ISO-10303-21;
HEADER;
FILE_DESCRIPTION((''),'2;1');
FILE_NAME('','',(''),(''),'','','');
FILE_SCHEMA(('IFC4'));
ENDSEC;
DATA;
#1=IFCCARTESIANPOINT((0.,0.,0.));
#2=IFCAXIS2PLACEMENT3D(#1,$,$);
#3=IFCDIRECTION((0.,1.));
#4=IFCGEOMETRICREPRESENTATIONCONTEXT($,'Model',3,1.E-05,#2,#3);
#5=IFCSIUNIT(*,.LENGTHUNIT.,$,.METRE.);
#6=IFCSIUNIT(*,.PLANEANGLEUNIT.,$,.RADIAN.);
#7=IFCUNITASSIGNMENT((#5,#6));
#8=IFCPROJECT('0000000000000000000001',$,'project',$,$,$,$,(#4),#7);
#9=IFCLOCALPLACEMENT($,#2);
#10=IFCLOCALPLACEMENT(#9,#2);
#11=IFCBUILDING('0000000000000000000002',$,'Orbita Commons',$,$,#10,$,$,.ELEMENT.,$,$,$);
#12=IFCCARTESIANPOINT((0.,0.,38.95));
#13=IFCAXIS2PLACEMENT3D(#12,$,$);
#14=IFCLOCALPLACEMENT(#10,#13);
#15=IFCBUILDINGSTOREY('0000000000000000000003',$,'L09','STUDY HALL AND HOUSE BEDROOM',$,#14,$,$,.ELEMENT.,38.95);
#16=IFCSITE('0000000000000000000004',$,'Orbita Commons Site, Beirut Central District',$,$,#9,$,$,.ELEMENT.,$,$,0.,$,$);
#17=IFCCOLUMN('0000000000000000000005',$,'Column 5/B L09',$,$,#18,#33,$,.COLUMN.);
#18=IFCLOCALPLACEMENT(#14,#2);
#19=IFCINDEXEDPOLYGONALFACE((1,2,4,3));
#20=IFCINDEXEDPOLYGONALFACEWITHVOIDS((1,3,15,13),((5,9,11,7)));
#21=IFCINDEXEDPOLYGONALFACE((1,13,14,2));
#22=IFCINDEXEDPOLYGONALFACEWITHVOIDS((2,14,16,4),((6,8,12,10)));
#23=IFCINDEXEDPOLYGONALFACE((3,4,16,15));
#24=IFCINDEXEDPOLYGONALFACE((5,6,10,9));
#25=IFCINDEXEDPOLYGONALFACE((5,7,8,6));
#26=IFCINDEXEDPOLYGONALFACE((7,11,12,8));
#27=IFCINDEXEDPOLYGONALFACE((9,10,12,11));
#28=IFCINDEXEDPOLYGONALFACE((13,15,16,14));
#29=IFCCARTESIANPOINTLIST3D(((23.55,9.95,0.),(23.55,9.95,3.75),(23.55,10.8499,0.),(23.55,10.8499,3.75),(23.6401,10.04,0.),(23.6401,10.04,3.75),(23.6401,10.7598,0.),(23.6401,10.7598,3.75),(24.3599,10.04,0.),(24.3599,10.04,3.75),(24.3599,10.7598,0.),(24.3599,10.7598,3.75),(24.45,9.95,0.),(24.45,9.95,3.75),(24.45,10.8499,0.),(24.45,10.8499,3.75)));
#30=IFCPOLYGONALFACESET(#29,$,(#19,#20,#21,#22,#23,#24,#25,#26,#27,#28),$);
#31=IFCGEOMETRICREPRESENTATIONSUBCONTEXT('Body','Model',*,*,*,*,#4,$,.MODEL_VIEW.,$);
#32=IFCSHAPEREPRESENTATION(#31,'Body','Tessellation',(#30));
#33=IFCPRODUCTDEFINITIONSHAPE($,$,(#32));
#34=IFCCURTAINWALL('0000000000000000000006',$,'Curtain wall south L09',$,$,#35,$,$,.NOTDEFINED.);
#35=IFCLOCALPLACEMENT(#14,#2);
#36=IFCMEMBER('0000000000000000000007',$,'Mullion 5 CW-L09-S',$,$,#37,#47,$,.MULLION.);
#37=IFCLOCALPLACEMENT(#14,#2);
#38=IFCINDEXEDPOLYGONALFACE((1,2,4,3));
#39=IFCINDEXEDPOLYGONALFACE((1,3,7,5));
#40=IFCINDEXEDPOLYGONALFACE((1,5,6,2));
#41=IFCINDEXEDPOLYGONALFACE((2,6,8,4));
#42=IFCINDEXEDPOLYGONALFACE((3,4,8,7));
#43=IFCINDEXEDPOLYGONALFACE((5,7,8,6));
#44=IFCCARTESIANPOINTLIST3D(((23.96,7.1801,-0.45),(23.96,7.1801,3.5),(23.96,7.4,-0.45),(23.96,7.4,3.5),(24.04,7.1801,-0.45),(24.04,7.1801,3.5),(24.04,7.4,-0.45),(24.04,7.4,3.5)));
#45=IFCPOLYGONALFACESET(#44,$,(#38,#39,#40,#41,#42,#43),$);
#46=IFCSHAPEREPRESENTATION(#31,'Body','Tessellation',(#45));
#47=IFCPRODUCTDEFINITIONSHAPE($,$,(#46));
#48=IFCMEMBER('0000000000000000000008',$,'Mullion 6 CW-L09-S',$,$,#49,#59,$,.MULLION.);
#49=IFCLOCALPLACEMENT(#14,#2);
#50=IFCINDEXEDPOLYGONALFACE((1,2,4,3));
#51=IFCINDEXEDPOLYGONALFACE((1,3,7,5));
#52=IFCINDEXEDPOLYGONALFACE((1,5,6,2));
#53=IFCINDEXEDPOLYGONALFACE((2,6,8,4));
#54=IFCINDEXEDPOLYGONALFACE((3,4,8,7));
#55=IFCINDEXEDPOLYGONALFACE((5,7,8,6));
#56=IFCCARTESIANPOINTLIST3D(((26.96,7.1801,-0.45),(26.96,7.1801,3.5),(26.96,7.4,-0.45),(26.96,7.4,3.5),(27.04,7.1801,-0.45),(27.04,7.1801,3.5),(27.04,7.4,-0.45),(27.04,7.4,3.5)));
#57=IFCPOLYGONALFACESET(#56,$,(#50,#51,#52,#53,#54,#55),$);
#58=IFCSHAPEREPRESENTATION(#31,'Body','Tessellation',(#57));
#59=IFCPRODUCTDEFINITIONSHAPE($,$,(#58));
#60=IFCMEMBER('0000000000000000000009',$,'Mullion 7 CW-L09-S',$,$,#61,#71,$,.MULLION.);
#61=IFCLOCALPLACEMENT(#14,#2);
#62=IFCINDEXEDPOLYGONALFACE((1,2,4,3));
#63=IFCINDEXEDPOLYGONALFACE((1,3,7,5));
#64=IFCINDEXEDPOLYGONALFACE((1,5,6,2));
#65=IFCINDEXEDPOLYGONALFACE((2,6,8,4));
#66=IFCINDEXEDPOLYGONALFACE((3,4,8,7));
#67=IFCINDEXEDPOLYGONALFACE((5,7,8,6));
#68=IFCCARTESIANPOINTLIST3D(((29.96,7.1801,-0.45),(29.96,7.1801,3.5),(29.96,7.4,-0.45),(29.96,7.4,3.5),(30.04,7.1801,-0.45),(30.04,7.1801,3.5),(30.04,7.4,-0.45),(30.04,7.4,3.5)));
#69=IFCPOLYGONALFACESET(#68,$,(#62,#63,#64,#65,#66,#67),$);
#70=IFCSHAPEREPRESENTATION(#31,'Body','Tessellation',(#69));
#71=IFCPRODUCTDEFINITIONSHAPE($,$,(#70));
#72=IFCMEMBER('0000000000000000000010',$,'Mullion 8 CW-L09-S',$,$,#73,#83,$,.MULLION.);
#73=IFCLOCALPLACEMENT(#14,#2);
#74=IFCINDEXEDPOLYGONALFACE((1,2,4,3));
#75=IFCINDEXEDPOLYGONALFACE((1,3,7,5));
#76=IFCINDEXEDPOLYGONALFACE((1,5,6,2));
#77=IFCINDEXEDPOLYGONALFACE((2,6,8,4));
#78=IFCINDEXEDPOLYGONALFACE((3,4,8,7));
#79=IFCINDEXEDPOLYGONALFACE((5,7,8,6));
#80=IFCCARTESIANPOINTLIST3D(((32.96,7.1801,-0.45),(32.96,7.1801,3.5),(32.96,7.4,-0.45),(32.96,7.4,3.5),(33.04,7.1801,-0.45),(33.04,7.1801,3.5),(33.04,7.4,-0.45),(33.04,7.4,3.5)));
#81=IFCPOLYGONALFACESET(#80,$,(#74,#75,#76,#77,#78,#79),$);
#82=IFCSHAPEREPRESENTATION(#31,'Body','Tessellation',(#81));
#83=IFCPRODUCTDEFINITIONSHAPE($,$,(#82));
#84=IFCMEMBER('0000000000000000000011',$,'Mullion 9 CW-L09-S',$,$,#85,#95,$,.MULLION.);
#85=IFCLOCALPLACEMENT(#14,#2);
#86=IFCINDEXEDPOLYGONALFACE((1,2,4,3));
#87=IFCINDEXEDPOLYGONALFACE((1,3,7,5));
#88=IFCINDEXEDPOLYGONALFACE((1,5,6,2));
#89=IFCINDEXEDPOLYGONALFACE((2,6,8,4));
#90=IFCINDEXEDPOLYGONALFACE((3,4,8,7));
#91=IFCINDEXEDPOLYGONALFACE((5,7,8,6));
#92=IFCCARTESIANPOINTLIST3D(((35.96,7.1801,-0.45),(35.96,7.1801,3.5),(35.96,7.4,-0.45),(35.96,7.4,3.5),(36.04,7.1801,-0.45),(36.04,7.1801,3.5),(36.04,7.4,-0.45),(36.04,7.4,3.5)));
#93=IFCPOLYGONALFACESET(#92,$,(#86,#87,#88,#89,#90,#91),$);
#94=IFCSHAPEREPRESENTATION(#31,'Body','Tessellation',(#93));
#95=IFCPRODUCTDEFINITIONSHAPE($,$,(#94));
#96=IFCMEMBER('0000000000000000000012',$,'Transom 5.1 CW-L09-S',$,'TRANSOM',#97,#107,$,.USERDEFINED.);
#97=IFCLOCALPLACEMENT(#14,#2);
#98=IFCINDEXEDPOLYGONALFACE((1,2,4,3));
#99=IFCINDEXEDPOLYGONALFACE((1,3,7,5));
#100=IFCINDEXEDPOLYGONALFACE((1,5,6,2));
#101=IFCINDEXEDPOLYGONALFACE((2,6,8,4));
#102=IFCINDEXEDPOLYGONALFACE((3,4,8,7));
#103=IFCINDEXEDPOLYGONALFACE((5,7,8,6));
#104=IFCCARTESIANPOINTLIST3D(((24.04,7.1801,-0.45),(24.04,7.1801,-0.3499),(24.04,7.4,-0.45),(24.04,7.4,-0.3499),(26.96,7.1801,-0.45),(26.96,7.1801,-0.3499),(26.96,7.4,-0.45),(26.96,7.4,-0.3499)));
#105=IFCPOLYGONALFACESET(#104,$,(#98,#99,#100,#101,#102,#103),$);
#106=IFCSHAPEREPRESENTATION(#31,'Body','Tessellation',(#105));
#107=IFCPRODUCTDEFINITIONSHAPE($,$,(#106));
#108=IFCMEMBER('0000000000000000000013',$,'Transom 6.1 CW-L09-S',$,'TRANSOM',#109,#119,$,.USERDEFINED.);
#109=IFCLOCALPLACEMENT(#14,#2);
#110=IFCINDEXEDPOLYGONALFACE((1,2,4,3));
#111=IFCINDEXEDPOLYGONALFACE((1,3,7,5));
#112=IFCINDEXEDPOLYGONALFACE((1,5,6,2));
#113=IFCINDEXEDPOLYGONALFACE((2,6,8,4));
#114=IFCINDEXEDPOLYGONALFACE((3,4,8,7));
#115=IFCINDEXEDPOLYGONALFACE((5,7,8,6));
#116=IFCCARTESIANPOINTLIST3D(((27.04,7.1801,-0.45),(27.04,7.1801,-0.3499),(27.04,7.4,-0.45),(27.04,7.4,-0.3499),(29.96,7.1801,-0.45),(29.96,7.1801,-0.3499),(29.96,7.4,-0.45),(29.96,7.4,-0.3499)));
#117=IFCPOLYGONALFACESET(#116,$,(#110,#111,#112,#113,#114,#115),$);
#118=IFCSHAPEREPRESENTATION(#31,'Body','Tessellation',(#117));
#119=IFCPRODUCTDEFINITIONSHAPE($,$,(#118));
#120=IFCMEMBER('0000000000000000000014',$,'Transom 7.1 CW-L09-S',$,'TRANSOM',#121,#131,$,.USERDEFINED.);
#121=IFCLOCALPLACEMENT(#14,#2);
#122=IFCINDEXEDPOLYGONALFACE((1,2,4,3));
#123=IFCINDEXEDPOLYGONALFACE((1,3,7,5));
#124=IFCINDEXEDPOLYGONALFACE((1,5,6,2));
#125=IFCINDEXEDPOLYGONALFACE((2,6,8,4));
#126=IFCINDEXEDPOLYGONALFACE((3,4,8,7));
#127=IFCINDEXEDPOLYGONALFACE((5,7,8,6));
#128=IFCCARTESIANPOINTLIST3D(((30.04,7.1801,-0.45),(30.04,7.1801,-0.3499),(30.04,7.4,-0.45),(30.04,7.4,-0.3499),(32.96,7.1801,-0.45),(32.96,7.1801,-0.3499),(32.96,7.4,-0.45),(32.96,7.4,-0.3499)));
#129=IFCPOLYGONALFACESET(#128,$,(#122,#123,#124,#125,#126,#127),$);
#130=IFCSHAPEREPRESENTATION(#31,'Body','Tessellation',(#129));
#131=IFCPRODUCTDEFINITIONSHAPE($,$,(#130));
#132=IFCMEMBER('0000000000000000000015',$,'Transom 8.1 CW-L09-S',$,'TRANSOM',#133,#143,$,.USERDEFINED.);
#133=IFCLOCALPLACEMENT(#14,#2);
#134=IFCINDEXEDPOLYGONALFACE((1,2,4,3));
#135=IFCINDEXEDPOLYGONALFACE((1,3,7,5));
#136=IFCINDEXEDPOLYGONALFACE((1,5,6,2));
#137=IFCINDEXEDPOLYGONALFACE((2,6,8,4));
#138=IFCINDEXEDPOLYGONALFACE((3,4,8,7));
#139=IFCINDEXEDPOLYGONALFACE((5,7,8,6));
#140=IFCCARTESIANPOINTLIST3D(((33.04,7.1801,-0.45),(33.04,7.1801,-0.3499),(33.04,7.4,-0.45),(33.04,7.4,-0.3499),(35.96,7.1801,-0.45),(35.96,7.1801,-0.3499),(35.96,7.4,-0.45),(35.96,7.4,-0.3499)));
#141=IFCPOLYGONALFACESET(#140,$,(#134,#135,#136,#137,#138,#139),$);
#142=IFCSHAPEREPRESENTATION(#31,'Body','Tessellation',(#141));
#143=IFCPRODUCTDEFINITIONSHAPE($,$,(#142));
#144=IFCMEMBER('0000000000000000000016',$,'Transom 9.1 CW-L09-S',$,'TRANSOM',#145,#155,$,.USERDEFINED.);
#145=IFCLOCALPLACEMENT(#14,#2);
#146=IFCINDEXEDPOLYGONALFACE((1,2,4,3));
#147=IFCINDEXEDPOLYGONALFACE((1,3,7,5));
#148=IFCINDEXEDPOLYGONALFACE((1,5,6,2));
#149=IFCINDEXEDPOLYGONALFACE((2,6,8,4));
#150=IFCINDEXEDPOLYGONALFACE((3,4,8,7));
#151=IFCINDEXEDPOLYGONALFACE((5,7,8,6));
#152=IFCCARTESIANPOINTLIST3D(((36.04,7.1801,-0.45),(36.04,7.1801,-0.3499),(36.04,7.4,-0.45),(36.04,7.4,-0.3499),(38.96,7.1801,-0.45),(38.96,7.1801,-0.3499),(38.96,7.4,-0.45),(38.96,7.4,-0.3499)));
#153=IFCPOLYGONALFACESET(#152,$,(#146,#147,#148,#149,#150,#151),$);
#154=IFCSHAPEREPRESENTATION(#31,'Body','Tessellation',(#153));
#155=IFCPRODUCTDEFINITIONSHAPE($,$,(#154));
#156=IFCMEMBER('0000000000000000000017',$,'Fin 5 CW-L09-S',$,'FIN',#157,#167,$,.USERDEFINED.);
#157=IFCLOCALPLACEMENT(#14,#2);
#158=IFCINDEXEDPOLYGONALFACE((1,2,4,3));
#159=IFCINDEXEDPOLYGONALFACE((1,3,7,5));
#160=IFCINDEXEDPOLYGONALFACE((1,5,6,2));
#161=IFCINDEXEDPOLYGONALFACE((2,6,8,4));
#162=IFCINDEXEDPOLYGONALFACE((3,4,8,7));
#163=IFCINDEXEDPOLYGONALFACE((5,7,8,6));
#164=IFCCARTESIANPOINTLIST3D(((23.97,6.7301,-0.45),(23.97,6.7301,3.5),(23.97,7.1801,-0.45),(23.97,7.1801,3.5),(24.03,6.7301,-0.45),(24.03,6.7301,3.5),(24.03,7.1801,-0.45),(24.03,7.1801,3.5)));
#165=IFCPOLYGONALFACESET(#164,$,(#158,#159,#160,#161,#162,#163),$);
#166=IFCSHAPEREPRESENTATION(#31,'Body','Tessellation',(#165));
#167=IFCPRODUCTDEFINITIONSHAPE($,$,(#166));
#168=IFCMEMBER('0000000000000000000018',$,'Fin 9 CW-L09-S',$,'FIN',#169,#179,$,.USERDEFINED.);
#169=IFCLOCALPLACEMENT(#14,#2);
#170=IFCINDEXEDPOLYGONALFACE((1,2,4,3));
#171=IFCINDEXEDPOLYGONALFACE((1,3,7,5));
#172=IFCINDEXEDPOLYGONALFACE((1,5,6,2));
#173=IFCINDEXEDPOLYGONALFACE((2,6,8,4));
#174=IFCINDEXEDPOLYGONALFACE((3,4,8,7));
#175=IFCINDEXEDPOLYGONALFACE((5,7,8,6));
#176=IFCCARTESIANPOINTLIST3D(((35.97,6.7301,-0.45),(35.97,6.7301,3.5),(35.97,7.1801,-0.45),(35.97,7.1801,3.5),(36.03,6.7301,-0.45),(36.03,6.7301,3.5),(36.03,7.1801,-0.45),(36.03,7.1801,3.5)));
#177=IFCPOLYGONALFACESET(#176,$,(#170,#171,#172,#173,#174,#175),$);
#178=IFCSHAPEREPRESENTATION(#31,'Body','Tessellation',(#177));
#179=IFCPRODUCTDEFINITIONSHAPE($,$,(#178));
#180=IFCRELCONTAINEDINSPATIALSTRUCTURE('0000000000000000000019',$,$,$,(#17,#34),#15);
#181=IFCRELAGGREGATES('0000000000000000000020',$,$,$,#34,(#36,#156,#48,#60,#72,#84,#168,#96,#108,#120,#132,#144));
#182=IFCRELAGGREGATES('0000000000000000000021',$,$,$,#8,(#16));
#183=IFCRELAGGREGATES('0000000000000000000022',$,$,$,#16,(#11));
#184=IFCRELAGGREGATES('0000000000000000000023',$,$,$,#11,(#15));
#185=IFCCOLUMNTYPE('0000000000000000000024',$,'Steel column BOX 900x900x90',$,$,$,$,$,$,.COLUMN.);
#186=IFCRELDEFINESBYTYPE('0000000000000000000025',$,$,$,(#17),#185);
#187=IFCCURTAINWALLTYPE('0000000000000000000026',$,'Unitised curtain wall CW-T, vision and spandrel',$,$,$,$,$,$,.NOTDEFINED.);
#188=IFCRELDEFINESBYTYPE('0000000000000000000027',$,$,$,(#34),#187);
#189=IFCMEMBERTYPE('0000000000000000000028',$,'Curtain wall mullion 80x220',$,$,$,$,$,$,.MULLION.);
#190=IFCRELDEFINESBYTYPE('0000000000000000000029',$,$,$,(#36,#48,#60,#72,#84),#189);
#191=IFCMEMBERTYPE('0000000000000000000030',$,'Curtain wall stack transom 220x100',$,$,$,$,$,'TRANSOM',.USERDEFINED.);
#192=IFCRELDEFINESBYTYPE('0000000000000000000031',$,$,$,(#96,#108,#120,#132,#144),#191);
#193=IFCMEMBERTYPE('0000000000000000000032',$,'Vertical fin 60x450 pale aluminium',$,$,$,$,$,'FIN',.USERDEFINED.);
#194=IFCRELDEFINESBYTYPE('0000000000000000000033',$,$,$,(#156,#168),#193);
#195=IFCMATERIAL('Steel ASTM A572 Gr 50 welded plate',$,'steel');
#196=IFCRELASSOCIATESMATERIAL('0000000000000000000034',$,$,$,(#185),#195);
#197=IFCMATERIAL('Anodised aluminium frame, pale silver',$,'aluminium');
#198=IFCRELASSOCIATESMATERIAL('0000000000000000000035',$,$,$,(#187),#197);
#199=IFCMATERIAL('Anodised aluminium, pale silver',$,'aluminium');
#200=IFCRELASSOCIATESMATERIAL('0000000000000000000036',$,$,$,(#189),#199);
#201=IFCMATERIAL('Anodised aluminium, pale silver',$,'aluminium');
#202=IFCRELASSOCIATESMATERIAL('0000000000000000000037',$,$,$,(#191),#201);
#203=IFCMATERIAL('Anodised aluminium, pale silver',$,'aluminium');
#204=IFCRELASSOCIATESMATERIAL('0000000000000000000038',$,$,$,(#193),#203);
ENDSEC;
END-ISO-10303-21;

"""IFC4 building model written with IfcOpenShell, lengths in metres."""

from ifc_helpers import new_model, si_unit, direction, frame, origin, origin_2d, place, context, subcontext, project, spatial, rectangle, hollow_rectangle, extrude, material, material_profile, profile_set, type_object, element, aggregate, save


model = new_model("IFC4")

# Units and contexts
model_context = context("Model", 3, precision=1e-05, world=origin(), true_north=direction((0.0, 1.0)))
body_context = subcontext(model_context, "Body", "Model", "MODEL_VIEW")
ifc_project = project(units=[si_unit("LENGTHUNIT", "METRE"), si_unit("PLANEANGLEUNIT", "RADIAN")], contexts=[model_context])

# Site, building, storey
site_placement = place(None, origin())
site = spatial("IfcSite", under=ifc_project, at=site_placement, Name="Orbita Commons Site, Beirut Central District", CompositionType="ELEMENT", RefElevation=0.0)
building_placement = place(site_placement, origin())
building = spatial("IfcBuilding", under=site, at=building_placement, Name="Orbita Commons", CompositionType="ELEMENT")
storey_placement = place(building_placement, frame((0.0, 0.0, 38.95)))
storey = spatial("IfcBuildingStorey", under=building, at=storey_placement, Name="L09", Description="STUDY HALL AND HOUSE BEDROOM", CompositionType="ELEMENT", Elevation=38.95)

# Column
ifc_material_1 = material(Name="Steel ASTM A572 Gr 50 welded plate", Category="steel")
ifc_material_profile_1 = material_profile(ifc_material_1, hollow_rectangle(XDim=0.8999, YDim=0.8999, WallThickness=0.0901, at=origin_2d()), Name="BOX 900x900x90")
ifc_profile_set_1 = profile_set([ifc_material_profile_1], Name="Steel ASTM A572 Gr 50 welded plate")
column_type = type_object("IfcColumnType", Name="Steel column BOX 900x900x90", PredefinedType="COLUMN", material=ifc_profile_set_1)
column_placement = place(storey_placement, frame((24.0, 10.3999, 0.0), z_axis=(0.0, 0.0, 1.0), x_axis=(1.0, 0.0, 0.0)))
element("IfcColumn", 1, at=column_placement, inside=storey, type_object=column_type, Name="Column 5/B L09", PredefinedType="COLUMN", context=body_context, shape_type="SweptSolid", body=[
    extrude(hollow_rectangle(XDim=0.8999, YDim=0.8999, WallThickness=0.0901, at=origin_2d()), origin(), (0.0, 0.0, 1.0), 3.75),
])

# Curtain wall, members
ifc_material_2 = material(Name="Anodised aluminium frame, pale silver", Category="aluminium")
curtain_wall_type = type_object("IfcCurtainWallType", Name="Unitised curtain wall CW-T, vision and spandrel", PredefinedType="NOTDEFINED", material=ifc_material_2)
curtain_wall_placement = place(storey_placement, origin())
curtain_wall = element("IfcCurtainWall", 2, at=curtain_wall_placement, inside=storey, type_object=curtain_wall_type, Name="Curtain wall south L09", PredefinedType="NOTDEFINED")
ifc_material_3 = material(Name="Anodised aluminium, pale silver", Category="aluminium")
ifc_material_profile_2 = material_profile(ifc_material_3, rectangle(XDim=0.0801, YDim=0.22, at=origin_2d()), Name="AL 80x220")
ifc_profile_set_2 = profile_set([ifc_material_profile_2], Name="Anodised aluminium, pale silver")
member_type_1 = type_object("IfcMemberType", Name="Curtain wall mullion 80x220", PredefinedType="MULLION", material=ifc_profile_set_2)
member_1_placement = place(storey_placement, frame((24.0, 7.29, -0.45), z_axis=(0.0, 0.0, 1.0), x_axis=(1.0, 0.0, 0.0)))
member_1 = element("IfcMember", 3, at=member_1_placement, type_object=member_type_1, Name="Mullion 5 CW-L09-S", PredefinedType="MULLION", context=body_context, shape_type="SweptSolid", body=[
    extrude(rectangle(XDim=0.0801, YDim=0.22, at=origin_2d()), origin(), (0.0, 0.0, 1.0), 3.95),
])
member_2_placement = place(storey_placement, frame((27.0, 7.29, -0.45), z_axis=(0.0, 0.0, 1.0), x_axis=(1.0, 0.0, 0.0)))
member_2 = element("IfcMember", 4, at=member_2_placement, type_object=member_type_1, Name="Mullion 6 CW-L09-S", PredefinedType="MULLION", context=body_context, shape_type="SweptSolid", body=[
    extrude(rectangle(XDim=0.0801, YDim=0.22, at=origin_2d()), origin(), (0.0, 0.0, 1.0), 3.95),
])
member_3_placement = place(storey_placement, frame((30.0, 7.29, -0.45), z_axis=(0.0, 0.0, 1.0), x_axis=(1.0, 0.0, 0.0)))
member_3 = element("IfcMember", 5, at=member_3_placement, type_object=member_type_1, Name="Mullion 7 CW-L09-S", PredefinedType="MULLION", context=body_context, shape_type="SweptSolid", body=[
    extrude(rectangle(XDim=0.0801, YDim=0.22, at=origin_2d()), origin(), (0.0, 0.0, 1.0), 3.95),
])
member_4_placement = place(storey_placement, frame((33.0, 7.29, -0.45), z_axis=(0.0, 0.0, 1.0), x_axis=(1.0, 0.0, 0.0)))
member_4 = element("IfcMember", 6, at=member_4_placement, type_object=member_type_1, Name="Mullion 8 CW-L09-S", PredefinedType="MULLION", context=body_context, shape_type="SweptSolid", body=[
    extrude(rectangle(XDim=0.0801, YDim=0.22, at=origin_2d()), origin(), (0.0, 0.0, 1.0), 3.95),
])
member_5_placement = place(storey_placement, frame((36.0, 7.29, -0.45), z_axis=(0.0, 0.0, 1.0), x_axis=(1.0, 0.0, 0.0)))
member_5 = element("IfcMember", 7, at=member_5_placement, type_object=member_type_1, Name="Mullion 9 CW-L09-S", PredefinedType="MULLION", context=body_context, shape_type="SweptSolid", body=[
    extrude(rectangle(XDim=0.0801, YDim=0.22, at=origin_2d()), origin(), (0.0, 0.0, 1.0), 3.95),
])
ifc_material_4 = material(Name="Anodised aluminium, pale silver", Category="aluminium")
ifc_material_profile_3 = material_profile(ifc_material_4, rectangle(XDim=0.22, YDim=0.1001, at=origin_2d()), Name="AL 220x100")
ifc_profile_set_3 = profile_set([ifc_material_profile_3], Name="Anodised aluminium, pale silver")
member_type_2 = type_object("IfcMemberType", Name="Curtain wall stack transom 220x100", ElementType="TRANSOM", PredefinedType="USERDEFINED", material=ifc_profile_set_3)
member_6_placement = place(storey_placement, frame((24.04, 7.29, -0.3999), z_axis=(1.0, 0.0, 0.0), x_axis=(0.0, 1.0, 0.0)))
member_6 = element("IfcMember", 8, at=member_6_placement, type_object=member_type_2, Name="Transom 5.1 CW-L09-S", ObjectType="TRANSOM", PredefinedType="USERDEFINED", context=body_context, shape_type="SweptSolid", body=[
    extrude(rectangle(XDim=0.22, YDim=0.1001, at=origin_2d()), origin(), (0.0, 0.0, 1.0), 2.9199),
])
member_7_placement = place(storey_placement, frame((27.04, 7.29, -0.3999), z_axis=(1.0, 0.0, 0.0), x_axis=(0.0, 1.0, 0.0)))
member_7 = element("IfcMember", 9, at=member_7_placement, type_object=member_type_2, Name="Transom 6.1 CW-L09-S", ObjectType="TRANSOM", PredefinedType="USERDEFINED", context=body_context, shape_type="SweptSolid", body=[
    extrude(rectangle(XDim=0.22, YDim=0.1001, at=origin_2d()), origin(), (0.0, 0.0, 1.0), 2.9199),
])
member_8_placement = place(storey_placement, frame((30.04, 7.29, -0.3999), z_axis=(1.0, 0.0, 0.0), x_axis=(0.0, 1.0, 0.0)))
member_8 = element("IfcMember", 10, at=member_8_placement, type_object=member_type_2, Name="Transom 7.1 CW-L09-S", ObjectType="TRANSOM", PredefinedType="USERDEFINED", context=body_context, shape_type="SweptSolid", body=[
    extrude(rectangle(XDim=0.22, YDim=0.1001, at=origin_2d()), origin(), (0.0, 0.0, 1.0), 2.9199),
])
member_9_placement = place(storey_placement, frame((33.04, 7.29, -0.3999), z_axis=(1.0, 0.0, 0.0), x_axis=(0.0, 1.0, 0.0)))
member_9 = element("IfcMember", 11, at=member_9_placement, type_object=member_type_2, Name="Transom 8.1 CW-L09-S", ObjectType="TRANSOM", PredefinedType="USERDEFINED", context=body_context, shape_type="SweptSolid", body=[
    extrude(rectangle(XDim=0.22, YDim=0.1001, at=origin_2d()), origin(), (0.0, 0.0, 1.0), 2.9199),
])
member_10_placement = place(storey_placement, frame((36.04, 7.29, -0.3999), z_axis=(1.0, 0.0, 0.0), x_axis=(0.0, 1.0, 0.0)))
member_10 = element("IfcMember", 12, at=member_10_placement, type_object=member_type_2, Name="Transom 9.1 CW-L09-S", ObjectType="TRANSOM", PredefinedType="USERDEFINED", context=body_context, shape_type="SweptSolid", body=[
    extrude(rectangle(XDim=0.22, YDim=0.1001, at=origin_2d()), origin(), (0.0, 0.0, 1.0), 2.9199),
])
ifc_material_5 = material(Name="Anodised aluminium, pale silver", Category="aluminium")
ifc_material_profile_4 = material_profile(ifc_material_5, rectangle(XDim=0.0601, YDim=0.45, at=origin_2d()), Name="FIN 60x450")
ifc_profile_set_4 = profile_set([ifc_material_profile_4], Name="Anodised aluminium, pale silver")
member_type_3 = type_object("IfcMemberType", Name="Vertical fin 60x450 pale aluminium", ElementType="FIN", PredefinedType="USERDEFINED", material=ifc_profile_set_4)
member_11_placement = place(storey_placement, frame((24.0, 6.9551, -0.45), z_axis=(0.0, 0.0, 1.0), x_axis=(1.0, 0.0, 0.0)))
member_11 = element("IfcMember", 13, at=member_11_placement, type_object=member_type_3, Name="Fin 5 CW-L09-S", ObjectType="FIN", PredefinedType="USERDEFINED", context=body_context, shape_type="SweptSolid", body=[
    extrude(rectangle(XDim=0.0601, YDim=0.45, at=origin_2d()), origin(), (0.0, 0.0, 1.0), 3.95),
])
member_12_placement = place(storey_placement, frame((36.0, 6.9551, -0.45), z_axis=(0.0, 0.0, 1.0), x_axis=(1.0, 0.0, 0.0)))
member_12 = element("IfcMember", 14, at=member_12_placement, type_object=member_type_3, Name="Fin 9 CW-L09-S", ObjectType="FIN", PredefinedType="USERDEFINED", context=body_context, shape_type="SweptSolid", body=[
    extrude(rectangle(XDim=0.0601, YDim=0.45, at=origin_2d()), origin(), (0.0, 0.0, 1.0), 3.95),
])
aggregate(curtain_wall, [member_1, member_11, member_2, member_3, member_4, member_5, member_12, member_6, member_7, member_8, member_9, member_10])

save(model, "model.ifc")
